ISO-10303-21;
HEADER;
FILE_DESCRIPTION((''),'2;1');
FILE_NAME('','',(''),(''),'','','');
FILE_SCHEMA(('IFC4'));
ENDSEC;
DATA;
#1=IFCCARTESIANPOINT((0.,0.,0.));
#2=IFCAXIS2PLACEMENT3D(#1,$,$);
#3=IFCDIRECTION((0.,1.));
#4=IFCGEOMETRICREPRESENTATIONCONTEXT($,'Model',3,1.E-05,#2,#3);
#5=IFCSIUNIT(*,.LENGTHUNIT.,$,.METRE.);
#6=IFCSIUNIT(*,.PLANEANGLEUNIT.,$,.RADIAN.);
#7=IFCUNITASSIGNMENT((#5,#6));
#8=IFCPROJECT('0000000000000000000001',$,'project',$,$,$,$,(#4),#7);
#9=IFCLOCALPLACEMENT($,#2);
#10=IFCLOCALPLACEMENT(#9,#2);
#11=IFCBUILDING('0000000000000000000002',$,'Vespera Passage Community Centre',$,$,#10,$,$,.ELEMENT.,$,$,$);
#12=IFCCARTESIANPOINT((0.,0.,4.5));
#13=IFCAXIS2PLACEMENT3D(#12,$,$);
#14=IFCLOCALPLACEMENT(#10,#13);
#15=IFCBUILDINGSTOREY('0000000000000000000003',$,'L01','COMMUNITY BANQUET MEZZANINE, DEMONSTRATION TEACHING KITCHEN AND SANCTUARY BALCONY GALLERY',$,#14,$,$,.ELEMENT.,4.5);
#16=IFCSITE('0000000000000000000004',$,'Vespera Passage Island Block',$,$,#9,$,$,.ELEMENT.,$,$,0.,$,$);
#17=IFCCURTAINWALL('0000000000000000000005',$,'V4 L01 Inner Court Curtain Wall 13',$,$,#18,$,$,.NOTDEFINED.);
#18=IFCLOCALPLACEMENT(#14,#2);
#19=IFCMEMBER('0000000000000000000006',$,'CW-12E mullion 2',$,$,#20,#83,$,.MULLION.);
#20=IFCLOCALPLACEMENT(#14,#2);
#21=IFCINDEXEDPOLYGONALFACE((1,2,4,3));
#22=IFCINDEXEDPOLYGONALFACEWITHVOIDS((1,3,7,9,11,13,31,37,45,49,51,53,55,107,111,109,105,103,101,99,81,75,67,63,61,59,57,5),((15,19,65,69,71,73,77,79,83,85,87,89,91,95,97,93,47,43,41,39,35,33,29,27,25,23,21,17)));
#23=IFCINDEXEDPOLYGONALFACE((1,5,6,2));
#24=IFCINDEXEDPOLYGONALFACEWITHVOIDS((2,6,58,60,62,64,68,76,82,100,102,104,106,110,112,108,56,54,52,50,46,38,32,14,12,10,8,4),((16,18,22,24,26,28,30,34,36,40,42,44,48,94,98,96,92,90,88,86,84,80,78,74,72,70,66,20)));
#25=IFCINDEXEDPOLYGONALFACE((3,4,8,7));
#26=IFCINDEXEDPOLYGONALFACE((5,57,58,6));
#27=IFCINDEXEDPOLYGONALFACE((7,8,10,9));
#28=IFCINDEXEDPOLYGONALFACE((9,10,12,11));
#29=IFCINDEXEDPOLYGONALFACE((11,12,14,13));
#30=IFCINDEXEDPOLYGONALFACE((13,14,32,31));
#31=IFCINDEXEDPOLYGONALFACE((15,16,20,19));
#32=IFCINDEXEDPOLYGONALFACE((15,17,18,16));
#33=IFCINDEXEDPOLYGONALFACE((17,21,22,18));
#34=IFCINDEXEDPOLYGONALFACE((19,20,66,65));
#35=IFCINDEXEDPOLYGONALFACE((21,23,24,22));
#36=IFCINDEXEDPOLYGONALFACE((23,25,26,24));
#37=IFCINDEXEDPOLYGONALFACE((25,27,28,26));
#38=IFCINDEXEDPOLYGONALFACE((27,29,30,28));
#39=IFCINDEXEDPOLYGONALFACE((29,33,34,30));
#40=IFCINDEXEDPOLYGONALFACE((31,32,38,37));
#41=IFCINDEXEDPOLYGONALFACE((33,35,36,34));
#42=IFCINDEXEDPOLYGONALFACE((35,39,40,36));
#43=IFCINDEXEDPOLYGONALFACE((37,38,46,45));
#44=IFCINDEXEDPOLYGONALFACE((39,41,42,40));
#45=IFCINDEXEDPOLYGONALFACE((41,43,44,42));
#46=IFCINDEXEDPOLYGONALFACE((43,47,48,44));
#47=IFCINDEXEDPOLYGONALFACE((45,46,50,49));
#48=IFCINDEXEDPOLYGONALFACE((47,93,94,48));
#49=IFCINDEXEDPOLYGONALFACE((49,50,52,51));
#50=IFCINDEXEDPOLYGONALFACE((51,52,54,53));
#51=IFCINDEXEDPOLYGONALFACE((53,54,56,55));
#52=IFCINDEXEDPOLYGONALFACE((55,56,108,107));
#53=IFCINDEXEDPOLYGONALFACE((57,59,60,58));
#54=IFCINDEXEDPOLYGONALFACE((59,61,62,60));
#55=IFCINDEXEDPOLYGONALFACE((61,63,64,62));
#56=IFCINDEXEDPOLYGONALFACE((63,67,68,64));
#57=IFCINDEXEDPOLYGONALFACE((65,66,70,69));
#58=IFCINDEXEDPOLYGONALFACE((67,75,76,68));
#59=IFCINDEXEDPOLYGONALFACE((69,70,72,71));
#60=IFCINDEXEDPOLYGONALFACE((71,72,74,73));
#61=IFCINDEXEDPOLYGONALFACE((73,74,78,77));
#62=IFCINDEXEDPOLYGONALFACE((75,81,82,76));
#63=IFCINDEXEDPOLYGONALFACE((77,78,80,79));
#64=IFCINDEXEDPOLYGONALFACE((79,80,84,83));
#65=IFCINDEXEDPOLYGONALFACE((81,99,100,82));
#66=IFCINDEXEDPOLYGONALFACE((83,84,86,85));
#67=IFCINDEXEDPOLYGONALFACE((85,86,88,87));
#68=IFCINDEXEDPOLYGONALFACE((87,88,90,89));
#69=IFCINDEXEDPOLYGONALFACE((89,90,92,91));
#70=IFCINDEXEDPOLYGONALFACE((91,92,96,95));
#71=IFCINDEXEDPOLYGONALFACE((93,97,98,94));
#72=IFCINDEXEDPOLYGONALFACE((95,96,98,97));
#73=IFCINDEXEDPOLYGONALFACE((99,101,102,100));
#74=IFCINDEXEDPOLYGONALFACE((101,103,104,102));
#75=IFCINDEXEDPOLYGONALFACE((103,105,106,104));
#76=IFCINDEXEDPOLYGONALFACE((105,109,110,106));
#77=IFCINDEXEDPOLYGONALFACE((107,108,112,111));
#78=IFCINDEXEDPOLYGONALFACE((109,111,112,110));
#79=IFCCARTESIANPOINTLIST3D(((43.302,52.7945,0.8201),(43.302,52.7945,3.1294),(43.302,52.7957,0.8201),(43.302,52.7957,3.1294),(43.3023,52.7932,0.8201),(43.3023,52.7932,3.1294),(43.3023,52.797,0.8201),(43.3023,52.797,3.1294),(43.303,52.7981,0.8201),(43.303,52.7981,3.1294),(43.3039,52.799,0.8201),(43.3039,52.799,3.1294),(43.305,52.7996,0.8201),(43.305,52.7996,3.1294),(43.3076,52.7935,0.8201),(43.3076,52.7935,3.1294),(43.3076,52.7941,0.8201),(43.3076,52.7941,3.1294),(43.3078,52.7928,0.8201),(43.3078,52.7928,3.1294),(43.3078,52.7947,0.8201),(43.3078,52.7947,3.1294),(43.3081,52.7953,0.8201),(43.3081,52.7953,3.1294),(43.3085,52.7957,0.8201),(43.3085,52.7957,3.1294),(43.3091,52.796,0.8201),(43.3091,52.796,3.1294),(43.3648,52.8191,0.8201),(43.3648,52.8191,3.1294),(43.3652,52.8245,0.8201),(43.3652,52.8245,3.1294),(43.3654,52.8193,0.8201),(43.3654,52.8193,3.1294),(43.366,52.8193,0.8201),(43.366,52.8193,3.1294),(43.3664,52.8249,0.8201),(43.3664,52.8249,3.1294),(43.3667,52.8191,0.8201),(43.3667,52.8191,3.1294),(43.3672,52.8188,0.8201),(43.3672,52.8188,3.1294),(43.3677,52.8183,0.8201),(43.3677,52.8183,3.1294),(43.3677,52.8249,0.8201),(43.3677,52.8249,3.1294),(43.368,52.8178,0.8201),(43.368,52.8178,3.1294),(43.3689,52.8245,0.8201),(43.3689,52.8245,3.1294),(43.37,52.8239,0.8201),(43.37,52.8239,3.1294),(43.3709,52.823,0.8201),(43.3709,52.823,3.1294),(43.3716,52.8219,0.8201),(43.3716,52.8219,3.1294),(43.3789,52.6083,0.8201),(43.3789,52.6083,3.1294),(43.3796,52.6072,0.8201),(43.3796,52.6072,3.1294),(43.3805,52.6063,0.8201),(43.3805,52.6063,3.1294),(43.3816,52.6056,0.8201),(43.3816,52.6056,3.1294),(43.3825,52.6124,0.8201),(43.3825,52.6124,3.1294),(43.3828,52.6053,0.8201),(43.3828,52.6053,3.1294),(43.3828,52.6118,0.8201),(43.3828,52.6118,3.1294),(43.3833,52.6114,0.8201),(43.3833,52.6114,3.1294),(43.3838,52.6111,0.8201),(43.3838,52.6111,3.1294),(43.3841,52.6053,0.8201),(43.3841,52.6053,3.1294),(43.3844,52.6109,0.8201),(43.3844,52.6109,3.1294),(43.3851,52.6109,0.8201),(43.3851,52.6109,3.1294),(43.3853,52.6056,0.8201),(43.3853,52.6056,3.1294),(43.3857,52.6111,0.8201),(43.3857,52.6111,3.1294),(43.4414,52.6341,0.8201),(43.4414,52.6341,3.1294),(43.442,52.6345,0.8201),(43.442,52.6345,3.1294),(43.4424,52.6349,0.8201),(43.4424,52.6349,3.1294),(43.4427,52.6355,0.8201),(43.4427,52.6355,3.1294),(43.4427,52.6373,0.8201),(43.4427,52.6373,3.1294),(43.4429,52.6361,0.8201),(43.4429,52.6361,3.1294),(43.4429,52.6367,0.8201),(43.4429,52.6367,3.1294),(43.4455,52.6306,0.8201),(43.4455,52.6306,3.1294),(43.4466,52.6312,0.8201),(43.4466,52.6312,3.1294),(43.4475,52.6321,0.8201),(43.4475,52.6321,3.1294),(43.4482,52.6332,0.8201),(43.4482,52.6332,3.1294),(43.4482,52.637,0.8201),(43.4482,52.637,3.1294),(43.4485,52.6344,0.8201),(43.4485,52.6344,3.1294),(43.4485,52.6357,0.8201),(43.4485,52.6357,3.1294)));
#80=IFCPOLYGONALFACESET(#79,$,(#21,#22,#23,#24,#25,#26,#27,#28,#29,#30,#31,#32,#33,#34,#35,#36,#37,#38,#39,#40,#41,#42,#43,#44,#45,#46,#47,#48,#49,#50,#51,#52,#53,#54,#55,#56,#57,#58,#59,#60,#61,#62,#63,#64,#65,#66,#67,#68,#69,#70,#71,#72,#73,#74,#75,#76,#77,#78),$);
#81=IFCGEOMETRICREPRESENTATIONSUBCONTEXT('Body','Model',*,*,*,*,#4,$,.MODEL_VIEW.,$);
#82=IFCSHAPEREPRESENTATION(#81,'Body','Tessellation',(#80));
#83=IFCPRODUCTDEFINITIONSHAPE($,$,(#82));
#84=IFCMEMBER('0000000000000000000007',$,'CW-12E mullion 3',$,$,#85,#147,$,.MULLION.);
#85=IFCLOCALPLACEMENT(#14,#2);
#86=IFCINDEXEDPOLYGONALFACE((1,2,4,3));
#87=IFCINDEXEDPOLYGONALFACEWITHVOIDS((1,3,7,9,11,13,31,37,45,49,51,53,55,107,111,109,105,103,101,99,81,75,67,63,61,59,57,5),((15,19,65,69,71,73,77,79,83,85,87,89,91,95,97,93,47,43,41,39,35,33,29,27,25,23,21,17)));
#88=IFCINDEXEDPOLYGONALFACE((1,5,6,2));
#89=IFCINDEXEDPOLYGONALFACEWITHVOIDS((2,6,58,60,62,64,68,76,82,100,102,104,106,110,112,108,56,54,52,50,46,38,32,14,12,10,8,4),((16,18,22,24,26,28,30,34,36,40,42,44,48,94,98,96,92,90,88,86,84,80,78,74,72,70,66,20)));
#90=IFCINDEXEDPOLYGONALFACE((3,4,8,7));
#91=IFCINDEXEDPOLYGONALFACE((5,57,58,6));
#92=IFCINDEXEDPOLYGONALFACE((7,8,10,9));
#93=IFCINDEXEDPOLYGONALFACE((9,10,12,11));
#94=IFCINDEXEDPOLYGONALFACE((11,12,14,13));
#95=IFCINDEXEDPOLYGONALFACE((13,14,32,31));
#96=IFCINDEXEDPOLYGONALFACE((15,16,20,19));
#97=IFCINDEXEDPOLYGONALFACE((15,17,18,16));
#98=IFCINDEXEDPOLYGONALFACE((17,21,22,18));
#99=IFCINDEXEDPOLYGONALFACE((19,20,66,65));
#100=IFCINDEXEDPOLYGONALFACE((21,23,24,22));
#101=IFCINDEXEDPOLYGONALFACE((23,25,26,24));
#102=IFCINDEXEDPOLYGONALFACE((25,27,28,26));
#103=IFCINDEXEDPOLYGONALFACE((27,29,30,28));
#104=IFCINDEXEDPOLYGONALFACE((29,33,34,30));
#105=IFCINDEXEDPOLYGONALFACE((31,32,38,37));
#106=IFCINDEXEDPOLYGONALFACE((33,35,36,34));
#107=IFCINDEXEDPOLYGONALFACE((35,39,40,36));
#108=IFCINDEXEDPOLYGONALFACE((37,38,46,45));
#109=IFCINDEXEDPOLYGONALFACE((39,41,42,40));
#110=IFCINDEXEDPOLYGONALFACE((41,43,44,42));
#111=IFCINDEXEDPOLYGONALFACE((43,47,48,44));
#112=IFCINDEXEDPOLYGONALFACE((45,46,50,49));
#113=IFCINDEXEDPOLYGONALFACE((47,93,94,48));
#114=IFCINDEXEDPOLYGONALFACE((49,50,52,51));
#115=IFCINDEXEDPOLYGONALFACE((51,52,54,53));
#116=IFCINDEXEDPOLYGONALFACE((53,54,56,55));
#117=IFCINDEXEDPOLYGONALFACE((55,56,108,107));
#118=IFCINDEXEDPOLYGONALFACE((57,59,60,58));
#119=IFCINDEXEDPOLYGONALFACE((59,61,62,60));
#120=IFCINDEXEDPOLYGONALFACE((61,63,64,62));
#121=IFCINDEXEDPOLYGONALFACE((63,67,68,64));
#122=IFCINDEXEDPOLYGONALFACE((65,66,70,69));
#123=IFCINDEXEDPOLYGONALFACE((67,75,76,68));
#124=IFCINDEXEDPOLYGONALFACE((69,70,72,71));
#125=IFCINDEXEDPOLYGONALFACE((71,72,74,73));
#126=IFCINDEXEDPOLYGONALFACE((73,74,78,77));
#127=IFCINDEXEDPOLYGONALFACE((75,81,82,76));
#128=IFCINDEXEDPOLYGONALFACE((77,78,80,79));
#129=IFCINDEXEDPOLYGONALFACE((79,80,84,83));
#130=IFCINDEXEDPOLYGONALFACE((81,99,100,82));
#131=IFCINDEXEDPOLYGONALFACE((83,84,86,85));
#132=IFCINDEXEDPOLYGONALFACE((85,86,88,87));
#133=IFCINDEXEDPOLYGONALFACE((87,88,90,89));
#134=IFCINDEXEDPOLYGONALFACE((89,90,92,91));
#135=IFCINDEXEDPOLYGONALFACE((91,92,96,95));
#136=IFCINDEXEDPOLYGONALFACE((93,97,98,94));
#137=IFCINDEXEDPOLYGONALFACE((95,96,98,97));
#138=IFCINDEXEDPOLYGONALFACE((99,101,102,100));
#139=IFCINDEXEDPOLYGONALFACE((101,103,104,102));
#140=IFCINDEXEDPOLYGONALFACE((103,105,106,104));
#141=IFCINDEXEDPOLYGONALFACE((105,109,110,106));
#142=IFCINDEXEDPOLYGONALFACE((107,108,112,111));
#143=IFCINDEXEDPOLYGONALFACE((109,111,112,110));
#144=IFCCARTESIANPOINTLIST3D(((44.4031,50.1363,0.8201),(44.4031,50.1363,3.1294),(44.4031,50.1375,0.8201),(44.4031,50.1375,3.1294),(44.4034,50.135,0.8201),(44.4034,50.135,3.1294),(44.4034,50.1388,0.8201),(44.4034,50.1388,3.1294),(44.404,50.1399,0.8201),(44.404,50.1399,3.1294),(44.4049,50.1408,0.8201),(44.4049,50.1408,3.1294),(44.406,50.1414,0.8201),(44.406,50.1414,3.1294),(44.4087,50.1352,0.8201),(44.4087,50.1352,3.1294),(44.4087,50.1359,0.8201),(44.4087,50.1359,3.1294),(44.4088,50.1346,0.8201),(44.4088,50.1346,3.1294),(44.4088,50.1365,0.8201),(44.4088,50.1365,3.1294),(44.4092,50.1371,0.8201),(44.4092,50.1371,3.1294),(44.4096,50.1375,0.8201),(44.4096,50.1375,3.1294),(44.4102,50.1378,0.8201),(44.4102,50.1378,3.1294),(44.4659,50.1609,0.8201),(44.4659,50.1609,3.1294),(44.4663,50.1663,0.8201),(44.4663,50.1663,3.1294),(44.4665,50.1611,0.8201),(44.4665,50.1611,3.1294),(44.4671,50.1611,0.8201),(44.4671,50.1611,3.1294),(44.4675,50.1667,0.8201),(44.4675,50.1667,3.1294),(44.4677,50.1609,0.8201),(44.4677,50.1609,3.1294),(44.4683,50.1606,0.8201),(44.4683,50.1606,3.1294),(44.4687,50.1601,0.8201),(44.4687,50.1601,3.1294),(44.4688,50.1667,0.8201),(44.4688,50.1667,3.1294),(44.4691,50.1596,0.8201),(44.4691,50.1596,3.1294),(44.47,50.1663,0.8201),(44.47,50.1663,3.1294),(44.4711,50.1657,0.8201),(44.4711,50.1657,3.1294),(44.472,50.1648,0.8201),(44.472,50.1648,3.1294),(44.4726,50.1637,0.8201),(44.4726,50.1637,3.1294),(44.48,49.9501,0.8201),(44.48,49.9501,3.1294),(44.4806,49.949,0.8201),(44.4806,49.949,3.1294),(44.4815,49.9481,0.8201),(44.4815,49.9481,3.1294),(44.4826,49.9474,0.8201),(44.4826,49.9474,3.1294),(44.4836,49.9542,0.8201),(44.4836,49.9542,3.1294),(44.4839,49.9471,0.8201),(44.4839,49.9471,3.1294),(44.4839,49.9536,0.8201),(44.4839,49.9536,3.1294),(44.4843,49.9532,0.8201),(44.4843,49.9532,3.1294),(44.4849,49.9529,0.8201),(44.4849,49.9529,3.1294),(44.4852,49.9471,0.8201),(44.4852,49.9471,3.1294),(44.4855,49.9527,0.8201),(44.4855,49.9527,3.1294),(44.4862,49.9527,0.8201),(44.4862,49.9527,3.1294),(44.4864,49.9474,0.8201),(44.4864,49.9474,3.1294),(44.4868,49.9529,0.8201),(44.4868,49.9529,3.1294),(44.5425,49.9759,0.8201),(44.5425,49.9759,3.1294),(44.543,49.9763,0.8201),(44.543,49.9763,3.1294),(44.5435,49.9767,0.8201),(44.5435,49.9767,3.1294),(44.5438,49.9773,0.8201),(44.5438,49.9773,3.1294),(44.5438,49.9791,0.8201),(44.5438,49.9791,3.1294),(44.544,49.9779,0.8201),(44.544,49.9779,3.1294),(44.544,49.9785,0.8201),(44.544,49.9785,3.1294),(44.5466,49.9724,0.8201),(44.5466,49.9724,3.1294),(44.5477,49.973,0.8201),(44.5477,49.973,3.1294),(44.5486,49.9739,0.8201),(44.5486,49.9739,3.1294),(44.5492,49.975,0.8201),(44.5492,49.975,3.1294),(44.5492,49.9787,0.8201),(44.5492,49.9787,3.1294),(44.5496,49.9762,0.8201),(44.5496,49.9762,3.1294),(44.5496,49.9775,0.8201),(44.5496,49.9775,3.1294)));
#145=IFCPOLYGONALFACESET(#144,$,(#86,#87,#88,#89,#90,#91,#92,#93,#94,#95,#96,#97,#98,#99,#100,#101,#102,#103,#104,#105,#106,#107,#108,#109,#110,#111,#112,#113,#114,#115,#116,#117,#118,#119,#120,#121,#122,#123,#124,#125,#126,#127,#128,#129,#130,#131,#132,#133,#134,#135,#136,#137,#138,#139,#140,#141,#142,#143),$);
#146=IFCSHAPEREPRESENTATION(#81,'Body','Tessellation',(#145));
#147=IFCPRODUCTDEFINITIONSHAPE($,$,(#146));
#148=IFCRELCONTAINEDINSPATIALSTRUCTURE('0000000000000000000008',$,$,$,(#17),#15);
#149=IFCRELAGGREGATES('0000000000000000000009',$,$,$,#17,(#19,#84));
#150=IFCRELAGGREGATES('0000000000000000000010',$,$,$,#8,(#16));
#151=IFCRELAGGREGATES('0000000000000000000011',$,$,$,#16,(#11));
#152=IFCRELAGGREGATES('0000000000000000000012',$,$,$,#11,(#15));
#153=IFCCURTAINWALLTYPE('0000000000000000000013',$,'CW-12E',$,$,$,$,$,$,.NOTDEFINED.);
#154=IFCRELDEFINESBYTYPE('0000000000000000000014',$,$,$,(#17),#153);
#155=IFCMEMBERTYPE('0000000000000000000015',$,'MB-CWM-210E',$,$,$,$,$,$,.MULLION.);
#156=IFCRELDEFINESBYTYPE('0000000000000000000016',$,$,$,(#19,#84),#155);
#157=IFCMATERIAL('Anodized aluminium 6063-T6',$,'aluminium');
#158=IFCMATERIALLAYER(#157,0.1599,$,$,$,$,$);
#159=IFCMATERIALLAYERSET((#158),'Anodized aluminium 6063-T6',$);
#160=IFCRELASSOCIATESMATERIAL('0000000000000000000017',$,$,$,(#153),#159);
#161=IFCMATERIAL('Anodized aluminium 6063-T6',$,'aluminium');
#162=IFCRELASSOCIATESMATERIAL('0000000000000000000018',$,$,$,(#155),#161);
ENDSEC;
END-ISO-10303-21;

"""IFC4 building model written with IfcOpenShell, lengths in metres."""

from ifc_helpers import new_model, si_unit, direction, frame, origin, origin_2d, place, context, subcontext, project, spatial, hollow_rectangle, extrude, material, layer, layer_set, material_profile, profile_set, type_object, element, aggregate, save


model = new_model("IFC4")

# Units and contexts
model_context = context("Model", 3, precision=1e-05, world=origin(), true_north=direction((0.0, 1.0)))
body_context = subcontext(model_context, "Body", "Model", "MODEL_VIEW")
ifc_project = project(units=[si_unit("LENGTHUNIT", "METRE"), si_unit("PLANEANGLEUNIT", "RADIAN")], contexts=[model_context])

# Site, building, storey
site_placement = place(None, origin())
site = spatial("IfcSite", under=ifc_project, at=site_placement, Name="Vespera Passage Island Block", CompositionType="ELEMENT", RefElevation=0.0)
building_placement = place(site_placement, origin())
building = spatial("IfcBuilding", under=site, at=building_placement, Name="Vespera Passage Community Centre", CompositionType="ELEMENT")
storey_placement = place(building_placement, frame((0.0, 0.0, 4.5)))
storey = spatial("IfcBuildingStorey", under=building, at=storey_placement, Name="L01", Description="COMMUNITY BANQUET MEZZANINE, DEMONSTRATION TEACHING KITCHEN AND SANCTUARY BALCONY GALLERY", CompositionType="ELEMENT", Elevation=4.5)

# Curtain wall, members
ifc_material_1 = material(Name="Anodized aluminium 6063-T6", Category="aluminium")
ifc_layer_1 = layer(ifc_material_1, 0.1599)
ifc_layer_set_1 = layer_set([ifc_layer_1], Name="Anodized aluminium 6063-T6")
curtain_wall_type_1 = type_object("IfcCurtainWallType", Name="CW-12E", PredefinedType="NOTDEFINED", material=ifc_layer_set_1)
curtain_wall_1_placement = place(storey_placement, origin())
curtain_wall_1 = element("IfcCurtainWall", 1, at=curtain_wall_1_placement, inside=storey, type_object=curtain_wall_type_1, Name="V4 L01 Inner Court Curtain Wall 13", PredefinedType="NOTDEFINED")
ifc_material_2 = material(Name="Anodized aluminium 6063-T6", Category="aluminium")
ifc_material_profile_1 = material_profile(ifc_material_2, hollow_rectangle(XDim=0.075, YDim=0.21, WallThickness=0.0049, InnerFilletRadius=0.0024, OuterFilletRadius=0.0049, at=origin_2d()), Name="ALU210X75X5")
ifc_profile_set_1 = profile_set([ifc_material_profile_1], Name="Anodized aluminium 6063-T6")
member_type_1 = type_object("IfcMemberType", Name="MB-CWM-210E", PredefinedType="MULLION", material=ifc_profile_set_1)
member_1_placement = place(storey_placement, frame((43.3752, 52.7151, 0.8201), z_axis=(0.0, 0.0, 1.0), x_axis=(0.923877, 0.38269, 0.0)))
member_1 = element("IfcMember", 2, at=member_1_placement, type_object=member_type_1, Name="CW-12E mullion 2", PredefinedType="MULLION", context=body_context, shape_type="SweptSolid", body=[
    extrude(hollow_rectangle(XDim=0.075, YDim=0.21, WallThickness=0.0049, InnerFilletRadius=0.0024, OuterFilletRadius=0.0049, at=origin_2d()), origin(), (0.0, 0.0, 1.0), 2.3093),
])
member_2_placement = place(storey_placement, frame((44.4763, 50.0569, 0.8201), z_axis=(0.0, 0.0, 1.0), x_axis=(0.923877, 0.38269, 0.0)))
member_2 = element("IfcMember", 3, at=member_2_placement, type_object=member_type_1, Name="CW-12E mullion 3", PredefinedType="MULLION", context=body_context, shape_type="SweptSolid", body=[
    extrude(hollow_rectangle(XDim=0.075, YDim=0.21, WallThickness=0.0049, InnerFilletRadius=0.0024, OuterFilletRadius=0.0049, at=origin_2d()), origin(), (0.0, 0.0, 1.0), 2.3093),
])

aggregate(curtain_wall_1, [member_1, member_2])

save(model, "model.ifc")
